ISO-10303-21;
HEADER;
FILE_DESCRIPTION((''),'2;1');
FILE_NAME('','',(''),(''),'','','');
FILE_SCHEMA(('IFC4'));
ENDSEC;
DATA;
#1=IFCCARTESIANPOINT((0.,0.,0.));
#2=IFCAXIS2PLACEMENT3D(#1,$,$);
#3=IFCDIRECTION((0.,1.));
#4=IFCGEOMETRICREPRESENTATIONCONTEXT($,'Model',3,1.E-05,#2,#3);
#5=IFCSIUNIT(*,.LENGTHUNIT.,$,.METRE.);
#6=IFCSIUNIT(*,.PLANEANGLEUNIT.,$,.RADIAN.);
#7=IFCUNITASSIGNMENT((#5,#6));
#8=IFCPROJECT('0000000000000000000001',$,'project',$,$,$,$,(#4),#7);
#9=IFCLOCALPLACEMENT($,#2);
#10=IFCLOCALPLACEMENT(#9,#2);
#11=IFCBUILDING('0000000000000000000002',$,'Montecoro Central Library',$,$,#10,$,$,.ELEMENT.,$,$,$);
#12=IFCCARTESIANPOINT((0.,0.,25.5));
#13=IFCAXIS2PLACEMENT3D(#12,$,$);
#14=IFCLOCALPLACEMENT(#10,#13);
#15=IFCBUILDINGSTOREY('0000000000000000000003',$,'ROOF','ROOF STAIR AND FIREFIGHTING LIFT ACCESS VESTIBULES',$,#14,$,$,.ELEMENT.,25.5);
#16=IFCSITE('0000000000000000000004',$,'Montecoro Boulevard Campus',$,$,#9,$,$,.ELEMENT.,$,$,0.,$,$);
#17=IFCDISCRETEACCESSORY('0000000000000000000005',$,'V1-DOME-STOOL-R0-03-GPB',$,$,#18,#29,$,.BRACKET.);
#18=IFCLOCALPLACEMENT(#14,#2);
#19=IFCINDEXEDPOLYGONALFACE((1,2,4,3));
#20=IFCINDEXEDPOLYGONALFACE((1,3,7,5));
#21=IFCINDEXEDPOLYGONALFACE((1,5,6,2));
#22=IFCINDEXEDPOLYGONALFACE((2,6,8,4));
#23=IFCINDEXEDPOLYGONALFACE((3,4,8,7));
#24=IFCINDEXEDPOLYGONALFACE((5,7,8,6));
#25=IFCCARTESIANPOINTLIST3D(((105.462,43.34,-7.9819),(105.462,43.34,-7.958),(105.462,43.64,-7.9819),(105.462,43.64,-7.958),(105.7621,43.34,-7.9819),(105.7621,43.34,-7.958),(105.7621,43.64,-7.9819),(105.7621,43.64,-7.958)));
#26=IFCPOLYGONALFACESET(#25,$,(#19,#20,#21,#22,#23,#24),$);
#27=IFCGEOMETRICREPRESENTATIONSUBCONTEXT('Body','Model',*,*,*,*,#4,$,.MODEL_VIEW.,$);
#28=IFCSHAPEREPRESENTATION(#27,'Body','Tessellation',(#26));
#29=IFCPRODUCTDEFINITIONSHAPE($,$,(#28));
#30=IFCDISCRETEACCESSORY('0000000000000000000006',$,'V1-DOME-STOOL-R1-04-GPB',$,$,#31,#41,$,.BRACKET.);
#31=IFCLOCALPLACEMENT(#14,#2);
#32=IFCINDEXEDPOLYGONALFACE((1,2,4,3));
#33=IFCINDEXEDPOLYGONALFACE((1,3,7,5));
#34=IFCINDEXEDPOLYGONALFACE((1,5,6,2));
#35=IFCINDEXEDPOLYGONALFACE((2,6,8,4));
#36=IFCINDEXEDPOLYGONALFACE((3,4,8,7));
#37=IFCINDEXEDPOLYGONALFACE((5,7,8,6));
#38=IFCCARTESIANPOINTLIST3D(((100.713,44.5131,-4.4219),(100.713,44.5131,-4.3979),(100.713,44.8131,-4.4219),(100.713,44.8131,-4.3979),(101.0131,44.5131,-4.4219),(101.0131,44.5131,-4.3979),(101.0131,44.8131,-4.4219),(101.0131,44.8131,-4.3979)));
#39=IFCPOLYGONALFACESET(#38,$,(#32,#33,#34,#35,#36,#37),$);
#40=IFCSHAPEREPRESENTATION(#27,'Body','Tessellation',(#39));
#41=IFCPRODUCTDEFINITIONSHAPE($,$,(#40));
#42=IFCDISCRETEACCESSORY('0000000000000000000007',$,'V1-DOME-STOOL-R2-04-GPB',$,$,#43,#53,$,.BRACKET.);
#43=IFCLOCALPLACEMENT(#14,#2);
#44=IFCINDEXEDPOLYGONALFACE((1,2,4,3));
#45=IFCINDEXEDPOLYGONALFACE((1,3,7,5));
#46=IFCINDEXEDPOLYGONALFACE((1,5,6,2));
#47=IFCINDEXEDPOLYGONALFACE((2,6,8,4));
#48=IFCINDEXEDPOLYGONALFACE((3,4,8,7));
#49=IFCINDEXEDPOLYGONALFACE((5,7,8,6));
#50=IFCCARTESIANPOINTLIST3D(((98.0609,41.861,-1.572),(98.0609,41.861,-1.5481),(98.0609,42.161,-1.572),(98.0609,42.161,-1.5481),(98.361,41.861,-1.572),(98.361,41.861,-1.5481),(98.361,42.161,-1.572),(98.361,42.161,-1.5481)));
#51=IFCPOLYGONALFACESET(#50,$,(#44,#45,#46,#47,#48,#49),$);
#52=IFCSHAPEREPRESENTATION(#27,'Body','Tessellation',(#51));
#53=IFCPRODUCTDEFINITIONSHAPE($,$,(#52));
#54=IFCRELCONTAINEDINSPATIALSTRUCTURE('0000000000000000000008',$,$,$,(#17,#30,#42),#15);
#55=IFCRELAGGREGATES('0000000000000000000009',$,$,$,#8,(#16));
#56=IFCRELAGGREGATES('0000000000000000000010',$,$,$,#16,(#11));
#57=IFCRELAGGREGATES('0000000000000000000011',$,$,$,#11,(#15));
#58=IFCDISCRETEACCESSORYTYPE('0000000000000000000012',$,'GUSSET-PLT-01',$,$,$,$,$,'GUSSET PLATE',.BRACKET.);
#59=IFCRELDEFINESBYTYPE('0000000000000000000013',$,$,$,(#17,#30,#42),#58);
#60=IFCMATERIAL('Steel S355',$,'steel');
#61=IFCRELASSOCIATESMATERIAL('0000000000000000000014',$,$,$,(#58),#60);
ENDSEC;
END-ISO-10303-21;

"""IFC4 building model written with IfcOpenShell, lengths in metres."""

from ifc_helpers import new_model, si_unit, direction, frame, origin, origin_2d, place, context, subcontext, project, spatial, rectangle, extrude, material, type_object, element, save


model = new_model("IFC4")

# Units and contexts
model_context = context("Model", 3, precision=1e-05, world=origin(), true_north=direction((0.0, 1.0)))
body_context = subcontext(model_context, "Body", "Model", "MODEL_VIEW")
ifc_project = project(units=[si_unit("LENGTHUNIT", "METRE"), si_unit("PLANEANGLEUNIT", "RADIAN")], contexts=[model_context])

# Site, building, storey
site_placement = place(None, origin())
site = spatial("IfcSite", under=ifc_project, at=site_placement, Name="Montecoro Boulevard Campus", CompositionType="ELEMENT", RefElevation=0.0)
building_placement = place(site_placement, origin())
building = spatial("IfcBuilding", under=site, at=building_placement, Name="Montecoro Central Library", CompositionType="ELEMENT")
storey_placement = place(building_placement, frame((0.0, 0.0, 25.5)))
storey = spatial("IfcBuildingStorey", under=building, at=storey_placement, Name="ROOF", Description="ROOF STAIR AND FIREFIGHTING LIFT ACCESS VESTIBULES", CompositionType="ELEMENT", Elevation=25.5)

# Shared definitions
ifc_material_1 = material(Name="Steel S355", Category="steel")

# Discrete accessories
discrete_accessory_type = type_object("IfcDiscreteAccessoryType", Name="GUSSET-PLT-01", ElementType="GUSSET PLATE", PredefinedType="BRACKET", material=ifc_material_1)
for number, where, z_axis, x_axis, name in (
    (1, (105.6121, 43.49, -7.9819), (0.0, 0.0, 1.0), (1.0, 0.0, 0.0), "V1-DOME-STOOL-R0-03-GPB"),
    (2, (100.863, 44.6631, -4.4219), (0.0, 0.0, 1.0), (1.0, 0.0, 0.0), "V1-DOME-STOOL-R1-04-GPB"),
    (3, (98.2109, 42.011, -1.572), (0.0, 0.0, 1.0), (1.0, 0.0, 0.0), "V1-DOME-STOOL-R2-04-GPB"),
):
    element("IfcDiscreteAccessory", number, at=place(storey_placement, frame(where, z_axis=z_axis, x_axis=x_axis)), inside=storey, type_object=discrete_accessory_type, Name=name, PredefinedType="BRACKET", context=body_context, shape_type="SweptSolid", body=[
        extrude(rectangle(XDim=0.3, YDim=0.3, at=origin_2d()), origin(), (0.0, 0.0, 1.0), 0.0239),
    ])

save(model, "model.ifc")
